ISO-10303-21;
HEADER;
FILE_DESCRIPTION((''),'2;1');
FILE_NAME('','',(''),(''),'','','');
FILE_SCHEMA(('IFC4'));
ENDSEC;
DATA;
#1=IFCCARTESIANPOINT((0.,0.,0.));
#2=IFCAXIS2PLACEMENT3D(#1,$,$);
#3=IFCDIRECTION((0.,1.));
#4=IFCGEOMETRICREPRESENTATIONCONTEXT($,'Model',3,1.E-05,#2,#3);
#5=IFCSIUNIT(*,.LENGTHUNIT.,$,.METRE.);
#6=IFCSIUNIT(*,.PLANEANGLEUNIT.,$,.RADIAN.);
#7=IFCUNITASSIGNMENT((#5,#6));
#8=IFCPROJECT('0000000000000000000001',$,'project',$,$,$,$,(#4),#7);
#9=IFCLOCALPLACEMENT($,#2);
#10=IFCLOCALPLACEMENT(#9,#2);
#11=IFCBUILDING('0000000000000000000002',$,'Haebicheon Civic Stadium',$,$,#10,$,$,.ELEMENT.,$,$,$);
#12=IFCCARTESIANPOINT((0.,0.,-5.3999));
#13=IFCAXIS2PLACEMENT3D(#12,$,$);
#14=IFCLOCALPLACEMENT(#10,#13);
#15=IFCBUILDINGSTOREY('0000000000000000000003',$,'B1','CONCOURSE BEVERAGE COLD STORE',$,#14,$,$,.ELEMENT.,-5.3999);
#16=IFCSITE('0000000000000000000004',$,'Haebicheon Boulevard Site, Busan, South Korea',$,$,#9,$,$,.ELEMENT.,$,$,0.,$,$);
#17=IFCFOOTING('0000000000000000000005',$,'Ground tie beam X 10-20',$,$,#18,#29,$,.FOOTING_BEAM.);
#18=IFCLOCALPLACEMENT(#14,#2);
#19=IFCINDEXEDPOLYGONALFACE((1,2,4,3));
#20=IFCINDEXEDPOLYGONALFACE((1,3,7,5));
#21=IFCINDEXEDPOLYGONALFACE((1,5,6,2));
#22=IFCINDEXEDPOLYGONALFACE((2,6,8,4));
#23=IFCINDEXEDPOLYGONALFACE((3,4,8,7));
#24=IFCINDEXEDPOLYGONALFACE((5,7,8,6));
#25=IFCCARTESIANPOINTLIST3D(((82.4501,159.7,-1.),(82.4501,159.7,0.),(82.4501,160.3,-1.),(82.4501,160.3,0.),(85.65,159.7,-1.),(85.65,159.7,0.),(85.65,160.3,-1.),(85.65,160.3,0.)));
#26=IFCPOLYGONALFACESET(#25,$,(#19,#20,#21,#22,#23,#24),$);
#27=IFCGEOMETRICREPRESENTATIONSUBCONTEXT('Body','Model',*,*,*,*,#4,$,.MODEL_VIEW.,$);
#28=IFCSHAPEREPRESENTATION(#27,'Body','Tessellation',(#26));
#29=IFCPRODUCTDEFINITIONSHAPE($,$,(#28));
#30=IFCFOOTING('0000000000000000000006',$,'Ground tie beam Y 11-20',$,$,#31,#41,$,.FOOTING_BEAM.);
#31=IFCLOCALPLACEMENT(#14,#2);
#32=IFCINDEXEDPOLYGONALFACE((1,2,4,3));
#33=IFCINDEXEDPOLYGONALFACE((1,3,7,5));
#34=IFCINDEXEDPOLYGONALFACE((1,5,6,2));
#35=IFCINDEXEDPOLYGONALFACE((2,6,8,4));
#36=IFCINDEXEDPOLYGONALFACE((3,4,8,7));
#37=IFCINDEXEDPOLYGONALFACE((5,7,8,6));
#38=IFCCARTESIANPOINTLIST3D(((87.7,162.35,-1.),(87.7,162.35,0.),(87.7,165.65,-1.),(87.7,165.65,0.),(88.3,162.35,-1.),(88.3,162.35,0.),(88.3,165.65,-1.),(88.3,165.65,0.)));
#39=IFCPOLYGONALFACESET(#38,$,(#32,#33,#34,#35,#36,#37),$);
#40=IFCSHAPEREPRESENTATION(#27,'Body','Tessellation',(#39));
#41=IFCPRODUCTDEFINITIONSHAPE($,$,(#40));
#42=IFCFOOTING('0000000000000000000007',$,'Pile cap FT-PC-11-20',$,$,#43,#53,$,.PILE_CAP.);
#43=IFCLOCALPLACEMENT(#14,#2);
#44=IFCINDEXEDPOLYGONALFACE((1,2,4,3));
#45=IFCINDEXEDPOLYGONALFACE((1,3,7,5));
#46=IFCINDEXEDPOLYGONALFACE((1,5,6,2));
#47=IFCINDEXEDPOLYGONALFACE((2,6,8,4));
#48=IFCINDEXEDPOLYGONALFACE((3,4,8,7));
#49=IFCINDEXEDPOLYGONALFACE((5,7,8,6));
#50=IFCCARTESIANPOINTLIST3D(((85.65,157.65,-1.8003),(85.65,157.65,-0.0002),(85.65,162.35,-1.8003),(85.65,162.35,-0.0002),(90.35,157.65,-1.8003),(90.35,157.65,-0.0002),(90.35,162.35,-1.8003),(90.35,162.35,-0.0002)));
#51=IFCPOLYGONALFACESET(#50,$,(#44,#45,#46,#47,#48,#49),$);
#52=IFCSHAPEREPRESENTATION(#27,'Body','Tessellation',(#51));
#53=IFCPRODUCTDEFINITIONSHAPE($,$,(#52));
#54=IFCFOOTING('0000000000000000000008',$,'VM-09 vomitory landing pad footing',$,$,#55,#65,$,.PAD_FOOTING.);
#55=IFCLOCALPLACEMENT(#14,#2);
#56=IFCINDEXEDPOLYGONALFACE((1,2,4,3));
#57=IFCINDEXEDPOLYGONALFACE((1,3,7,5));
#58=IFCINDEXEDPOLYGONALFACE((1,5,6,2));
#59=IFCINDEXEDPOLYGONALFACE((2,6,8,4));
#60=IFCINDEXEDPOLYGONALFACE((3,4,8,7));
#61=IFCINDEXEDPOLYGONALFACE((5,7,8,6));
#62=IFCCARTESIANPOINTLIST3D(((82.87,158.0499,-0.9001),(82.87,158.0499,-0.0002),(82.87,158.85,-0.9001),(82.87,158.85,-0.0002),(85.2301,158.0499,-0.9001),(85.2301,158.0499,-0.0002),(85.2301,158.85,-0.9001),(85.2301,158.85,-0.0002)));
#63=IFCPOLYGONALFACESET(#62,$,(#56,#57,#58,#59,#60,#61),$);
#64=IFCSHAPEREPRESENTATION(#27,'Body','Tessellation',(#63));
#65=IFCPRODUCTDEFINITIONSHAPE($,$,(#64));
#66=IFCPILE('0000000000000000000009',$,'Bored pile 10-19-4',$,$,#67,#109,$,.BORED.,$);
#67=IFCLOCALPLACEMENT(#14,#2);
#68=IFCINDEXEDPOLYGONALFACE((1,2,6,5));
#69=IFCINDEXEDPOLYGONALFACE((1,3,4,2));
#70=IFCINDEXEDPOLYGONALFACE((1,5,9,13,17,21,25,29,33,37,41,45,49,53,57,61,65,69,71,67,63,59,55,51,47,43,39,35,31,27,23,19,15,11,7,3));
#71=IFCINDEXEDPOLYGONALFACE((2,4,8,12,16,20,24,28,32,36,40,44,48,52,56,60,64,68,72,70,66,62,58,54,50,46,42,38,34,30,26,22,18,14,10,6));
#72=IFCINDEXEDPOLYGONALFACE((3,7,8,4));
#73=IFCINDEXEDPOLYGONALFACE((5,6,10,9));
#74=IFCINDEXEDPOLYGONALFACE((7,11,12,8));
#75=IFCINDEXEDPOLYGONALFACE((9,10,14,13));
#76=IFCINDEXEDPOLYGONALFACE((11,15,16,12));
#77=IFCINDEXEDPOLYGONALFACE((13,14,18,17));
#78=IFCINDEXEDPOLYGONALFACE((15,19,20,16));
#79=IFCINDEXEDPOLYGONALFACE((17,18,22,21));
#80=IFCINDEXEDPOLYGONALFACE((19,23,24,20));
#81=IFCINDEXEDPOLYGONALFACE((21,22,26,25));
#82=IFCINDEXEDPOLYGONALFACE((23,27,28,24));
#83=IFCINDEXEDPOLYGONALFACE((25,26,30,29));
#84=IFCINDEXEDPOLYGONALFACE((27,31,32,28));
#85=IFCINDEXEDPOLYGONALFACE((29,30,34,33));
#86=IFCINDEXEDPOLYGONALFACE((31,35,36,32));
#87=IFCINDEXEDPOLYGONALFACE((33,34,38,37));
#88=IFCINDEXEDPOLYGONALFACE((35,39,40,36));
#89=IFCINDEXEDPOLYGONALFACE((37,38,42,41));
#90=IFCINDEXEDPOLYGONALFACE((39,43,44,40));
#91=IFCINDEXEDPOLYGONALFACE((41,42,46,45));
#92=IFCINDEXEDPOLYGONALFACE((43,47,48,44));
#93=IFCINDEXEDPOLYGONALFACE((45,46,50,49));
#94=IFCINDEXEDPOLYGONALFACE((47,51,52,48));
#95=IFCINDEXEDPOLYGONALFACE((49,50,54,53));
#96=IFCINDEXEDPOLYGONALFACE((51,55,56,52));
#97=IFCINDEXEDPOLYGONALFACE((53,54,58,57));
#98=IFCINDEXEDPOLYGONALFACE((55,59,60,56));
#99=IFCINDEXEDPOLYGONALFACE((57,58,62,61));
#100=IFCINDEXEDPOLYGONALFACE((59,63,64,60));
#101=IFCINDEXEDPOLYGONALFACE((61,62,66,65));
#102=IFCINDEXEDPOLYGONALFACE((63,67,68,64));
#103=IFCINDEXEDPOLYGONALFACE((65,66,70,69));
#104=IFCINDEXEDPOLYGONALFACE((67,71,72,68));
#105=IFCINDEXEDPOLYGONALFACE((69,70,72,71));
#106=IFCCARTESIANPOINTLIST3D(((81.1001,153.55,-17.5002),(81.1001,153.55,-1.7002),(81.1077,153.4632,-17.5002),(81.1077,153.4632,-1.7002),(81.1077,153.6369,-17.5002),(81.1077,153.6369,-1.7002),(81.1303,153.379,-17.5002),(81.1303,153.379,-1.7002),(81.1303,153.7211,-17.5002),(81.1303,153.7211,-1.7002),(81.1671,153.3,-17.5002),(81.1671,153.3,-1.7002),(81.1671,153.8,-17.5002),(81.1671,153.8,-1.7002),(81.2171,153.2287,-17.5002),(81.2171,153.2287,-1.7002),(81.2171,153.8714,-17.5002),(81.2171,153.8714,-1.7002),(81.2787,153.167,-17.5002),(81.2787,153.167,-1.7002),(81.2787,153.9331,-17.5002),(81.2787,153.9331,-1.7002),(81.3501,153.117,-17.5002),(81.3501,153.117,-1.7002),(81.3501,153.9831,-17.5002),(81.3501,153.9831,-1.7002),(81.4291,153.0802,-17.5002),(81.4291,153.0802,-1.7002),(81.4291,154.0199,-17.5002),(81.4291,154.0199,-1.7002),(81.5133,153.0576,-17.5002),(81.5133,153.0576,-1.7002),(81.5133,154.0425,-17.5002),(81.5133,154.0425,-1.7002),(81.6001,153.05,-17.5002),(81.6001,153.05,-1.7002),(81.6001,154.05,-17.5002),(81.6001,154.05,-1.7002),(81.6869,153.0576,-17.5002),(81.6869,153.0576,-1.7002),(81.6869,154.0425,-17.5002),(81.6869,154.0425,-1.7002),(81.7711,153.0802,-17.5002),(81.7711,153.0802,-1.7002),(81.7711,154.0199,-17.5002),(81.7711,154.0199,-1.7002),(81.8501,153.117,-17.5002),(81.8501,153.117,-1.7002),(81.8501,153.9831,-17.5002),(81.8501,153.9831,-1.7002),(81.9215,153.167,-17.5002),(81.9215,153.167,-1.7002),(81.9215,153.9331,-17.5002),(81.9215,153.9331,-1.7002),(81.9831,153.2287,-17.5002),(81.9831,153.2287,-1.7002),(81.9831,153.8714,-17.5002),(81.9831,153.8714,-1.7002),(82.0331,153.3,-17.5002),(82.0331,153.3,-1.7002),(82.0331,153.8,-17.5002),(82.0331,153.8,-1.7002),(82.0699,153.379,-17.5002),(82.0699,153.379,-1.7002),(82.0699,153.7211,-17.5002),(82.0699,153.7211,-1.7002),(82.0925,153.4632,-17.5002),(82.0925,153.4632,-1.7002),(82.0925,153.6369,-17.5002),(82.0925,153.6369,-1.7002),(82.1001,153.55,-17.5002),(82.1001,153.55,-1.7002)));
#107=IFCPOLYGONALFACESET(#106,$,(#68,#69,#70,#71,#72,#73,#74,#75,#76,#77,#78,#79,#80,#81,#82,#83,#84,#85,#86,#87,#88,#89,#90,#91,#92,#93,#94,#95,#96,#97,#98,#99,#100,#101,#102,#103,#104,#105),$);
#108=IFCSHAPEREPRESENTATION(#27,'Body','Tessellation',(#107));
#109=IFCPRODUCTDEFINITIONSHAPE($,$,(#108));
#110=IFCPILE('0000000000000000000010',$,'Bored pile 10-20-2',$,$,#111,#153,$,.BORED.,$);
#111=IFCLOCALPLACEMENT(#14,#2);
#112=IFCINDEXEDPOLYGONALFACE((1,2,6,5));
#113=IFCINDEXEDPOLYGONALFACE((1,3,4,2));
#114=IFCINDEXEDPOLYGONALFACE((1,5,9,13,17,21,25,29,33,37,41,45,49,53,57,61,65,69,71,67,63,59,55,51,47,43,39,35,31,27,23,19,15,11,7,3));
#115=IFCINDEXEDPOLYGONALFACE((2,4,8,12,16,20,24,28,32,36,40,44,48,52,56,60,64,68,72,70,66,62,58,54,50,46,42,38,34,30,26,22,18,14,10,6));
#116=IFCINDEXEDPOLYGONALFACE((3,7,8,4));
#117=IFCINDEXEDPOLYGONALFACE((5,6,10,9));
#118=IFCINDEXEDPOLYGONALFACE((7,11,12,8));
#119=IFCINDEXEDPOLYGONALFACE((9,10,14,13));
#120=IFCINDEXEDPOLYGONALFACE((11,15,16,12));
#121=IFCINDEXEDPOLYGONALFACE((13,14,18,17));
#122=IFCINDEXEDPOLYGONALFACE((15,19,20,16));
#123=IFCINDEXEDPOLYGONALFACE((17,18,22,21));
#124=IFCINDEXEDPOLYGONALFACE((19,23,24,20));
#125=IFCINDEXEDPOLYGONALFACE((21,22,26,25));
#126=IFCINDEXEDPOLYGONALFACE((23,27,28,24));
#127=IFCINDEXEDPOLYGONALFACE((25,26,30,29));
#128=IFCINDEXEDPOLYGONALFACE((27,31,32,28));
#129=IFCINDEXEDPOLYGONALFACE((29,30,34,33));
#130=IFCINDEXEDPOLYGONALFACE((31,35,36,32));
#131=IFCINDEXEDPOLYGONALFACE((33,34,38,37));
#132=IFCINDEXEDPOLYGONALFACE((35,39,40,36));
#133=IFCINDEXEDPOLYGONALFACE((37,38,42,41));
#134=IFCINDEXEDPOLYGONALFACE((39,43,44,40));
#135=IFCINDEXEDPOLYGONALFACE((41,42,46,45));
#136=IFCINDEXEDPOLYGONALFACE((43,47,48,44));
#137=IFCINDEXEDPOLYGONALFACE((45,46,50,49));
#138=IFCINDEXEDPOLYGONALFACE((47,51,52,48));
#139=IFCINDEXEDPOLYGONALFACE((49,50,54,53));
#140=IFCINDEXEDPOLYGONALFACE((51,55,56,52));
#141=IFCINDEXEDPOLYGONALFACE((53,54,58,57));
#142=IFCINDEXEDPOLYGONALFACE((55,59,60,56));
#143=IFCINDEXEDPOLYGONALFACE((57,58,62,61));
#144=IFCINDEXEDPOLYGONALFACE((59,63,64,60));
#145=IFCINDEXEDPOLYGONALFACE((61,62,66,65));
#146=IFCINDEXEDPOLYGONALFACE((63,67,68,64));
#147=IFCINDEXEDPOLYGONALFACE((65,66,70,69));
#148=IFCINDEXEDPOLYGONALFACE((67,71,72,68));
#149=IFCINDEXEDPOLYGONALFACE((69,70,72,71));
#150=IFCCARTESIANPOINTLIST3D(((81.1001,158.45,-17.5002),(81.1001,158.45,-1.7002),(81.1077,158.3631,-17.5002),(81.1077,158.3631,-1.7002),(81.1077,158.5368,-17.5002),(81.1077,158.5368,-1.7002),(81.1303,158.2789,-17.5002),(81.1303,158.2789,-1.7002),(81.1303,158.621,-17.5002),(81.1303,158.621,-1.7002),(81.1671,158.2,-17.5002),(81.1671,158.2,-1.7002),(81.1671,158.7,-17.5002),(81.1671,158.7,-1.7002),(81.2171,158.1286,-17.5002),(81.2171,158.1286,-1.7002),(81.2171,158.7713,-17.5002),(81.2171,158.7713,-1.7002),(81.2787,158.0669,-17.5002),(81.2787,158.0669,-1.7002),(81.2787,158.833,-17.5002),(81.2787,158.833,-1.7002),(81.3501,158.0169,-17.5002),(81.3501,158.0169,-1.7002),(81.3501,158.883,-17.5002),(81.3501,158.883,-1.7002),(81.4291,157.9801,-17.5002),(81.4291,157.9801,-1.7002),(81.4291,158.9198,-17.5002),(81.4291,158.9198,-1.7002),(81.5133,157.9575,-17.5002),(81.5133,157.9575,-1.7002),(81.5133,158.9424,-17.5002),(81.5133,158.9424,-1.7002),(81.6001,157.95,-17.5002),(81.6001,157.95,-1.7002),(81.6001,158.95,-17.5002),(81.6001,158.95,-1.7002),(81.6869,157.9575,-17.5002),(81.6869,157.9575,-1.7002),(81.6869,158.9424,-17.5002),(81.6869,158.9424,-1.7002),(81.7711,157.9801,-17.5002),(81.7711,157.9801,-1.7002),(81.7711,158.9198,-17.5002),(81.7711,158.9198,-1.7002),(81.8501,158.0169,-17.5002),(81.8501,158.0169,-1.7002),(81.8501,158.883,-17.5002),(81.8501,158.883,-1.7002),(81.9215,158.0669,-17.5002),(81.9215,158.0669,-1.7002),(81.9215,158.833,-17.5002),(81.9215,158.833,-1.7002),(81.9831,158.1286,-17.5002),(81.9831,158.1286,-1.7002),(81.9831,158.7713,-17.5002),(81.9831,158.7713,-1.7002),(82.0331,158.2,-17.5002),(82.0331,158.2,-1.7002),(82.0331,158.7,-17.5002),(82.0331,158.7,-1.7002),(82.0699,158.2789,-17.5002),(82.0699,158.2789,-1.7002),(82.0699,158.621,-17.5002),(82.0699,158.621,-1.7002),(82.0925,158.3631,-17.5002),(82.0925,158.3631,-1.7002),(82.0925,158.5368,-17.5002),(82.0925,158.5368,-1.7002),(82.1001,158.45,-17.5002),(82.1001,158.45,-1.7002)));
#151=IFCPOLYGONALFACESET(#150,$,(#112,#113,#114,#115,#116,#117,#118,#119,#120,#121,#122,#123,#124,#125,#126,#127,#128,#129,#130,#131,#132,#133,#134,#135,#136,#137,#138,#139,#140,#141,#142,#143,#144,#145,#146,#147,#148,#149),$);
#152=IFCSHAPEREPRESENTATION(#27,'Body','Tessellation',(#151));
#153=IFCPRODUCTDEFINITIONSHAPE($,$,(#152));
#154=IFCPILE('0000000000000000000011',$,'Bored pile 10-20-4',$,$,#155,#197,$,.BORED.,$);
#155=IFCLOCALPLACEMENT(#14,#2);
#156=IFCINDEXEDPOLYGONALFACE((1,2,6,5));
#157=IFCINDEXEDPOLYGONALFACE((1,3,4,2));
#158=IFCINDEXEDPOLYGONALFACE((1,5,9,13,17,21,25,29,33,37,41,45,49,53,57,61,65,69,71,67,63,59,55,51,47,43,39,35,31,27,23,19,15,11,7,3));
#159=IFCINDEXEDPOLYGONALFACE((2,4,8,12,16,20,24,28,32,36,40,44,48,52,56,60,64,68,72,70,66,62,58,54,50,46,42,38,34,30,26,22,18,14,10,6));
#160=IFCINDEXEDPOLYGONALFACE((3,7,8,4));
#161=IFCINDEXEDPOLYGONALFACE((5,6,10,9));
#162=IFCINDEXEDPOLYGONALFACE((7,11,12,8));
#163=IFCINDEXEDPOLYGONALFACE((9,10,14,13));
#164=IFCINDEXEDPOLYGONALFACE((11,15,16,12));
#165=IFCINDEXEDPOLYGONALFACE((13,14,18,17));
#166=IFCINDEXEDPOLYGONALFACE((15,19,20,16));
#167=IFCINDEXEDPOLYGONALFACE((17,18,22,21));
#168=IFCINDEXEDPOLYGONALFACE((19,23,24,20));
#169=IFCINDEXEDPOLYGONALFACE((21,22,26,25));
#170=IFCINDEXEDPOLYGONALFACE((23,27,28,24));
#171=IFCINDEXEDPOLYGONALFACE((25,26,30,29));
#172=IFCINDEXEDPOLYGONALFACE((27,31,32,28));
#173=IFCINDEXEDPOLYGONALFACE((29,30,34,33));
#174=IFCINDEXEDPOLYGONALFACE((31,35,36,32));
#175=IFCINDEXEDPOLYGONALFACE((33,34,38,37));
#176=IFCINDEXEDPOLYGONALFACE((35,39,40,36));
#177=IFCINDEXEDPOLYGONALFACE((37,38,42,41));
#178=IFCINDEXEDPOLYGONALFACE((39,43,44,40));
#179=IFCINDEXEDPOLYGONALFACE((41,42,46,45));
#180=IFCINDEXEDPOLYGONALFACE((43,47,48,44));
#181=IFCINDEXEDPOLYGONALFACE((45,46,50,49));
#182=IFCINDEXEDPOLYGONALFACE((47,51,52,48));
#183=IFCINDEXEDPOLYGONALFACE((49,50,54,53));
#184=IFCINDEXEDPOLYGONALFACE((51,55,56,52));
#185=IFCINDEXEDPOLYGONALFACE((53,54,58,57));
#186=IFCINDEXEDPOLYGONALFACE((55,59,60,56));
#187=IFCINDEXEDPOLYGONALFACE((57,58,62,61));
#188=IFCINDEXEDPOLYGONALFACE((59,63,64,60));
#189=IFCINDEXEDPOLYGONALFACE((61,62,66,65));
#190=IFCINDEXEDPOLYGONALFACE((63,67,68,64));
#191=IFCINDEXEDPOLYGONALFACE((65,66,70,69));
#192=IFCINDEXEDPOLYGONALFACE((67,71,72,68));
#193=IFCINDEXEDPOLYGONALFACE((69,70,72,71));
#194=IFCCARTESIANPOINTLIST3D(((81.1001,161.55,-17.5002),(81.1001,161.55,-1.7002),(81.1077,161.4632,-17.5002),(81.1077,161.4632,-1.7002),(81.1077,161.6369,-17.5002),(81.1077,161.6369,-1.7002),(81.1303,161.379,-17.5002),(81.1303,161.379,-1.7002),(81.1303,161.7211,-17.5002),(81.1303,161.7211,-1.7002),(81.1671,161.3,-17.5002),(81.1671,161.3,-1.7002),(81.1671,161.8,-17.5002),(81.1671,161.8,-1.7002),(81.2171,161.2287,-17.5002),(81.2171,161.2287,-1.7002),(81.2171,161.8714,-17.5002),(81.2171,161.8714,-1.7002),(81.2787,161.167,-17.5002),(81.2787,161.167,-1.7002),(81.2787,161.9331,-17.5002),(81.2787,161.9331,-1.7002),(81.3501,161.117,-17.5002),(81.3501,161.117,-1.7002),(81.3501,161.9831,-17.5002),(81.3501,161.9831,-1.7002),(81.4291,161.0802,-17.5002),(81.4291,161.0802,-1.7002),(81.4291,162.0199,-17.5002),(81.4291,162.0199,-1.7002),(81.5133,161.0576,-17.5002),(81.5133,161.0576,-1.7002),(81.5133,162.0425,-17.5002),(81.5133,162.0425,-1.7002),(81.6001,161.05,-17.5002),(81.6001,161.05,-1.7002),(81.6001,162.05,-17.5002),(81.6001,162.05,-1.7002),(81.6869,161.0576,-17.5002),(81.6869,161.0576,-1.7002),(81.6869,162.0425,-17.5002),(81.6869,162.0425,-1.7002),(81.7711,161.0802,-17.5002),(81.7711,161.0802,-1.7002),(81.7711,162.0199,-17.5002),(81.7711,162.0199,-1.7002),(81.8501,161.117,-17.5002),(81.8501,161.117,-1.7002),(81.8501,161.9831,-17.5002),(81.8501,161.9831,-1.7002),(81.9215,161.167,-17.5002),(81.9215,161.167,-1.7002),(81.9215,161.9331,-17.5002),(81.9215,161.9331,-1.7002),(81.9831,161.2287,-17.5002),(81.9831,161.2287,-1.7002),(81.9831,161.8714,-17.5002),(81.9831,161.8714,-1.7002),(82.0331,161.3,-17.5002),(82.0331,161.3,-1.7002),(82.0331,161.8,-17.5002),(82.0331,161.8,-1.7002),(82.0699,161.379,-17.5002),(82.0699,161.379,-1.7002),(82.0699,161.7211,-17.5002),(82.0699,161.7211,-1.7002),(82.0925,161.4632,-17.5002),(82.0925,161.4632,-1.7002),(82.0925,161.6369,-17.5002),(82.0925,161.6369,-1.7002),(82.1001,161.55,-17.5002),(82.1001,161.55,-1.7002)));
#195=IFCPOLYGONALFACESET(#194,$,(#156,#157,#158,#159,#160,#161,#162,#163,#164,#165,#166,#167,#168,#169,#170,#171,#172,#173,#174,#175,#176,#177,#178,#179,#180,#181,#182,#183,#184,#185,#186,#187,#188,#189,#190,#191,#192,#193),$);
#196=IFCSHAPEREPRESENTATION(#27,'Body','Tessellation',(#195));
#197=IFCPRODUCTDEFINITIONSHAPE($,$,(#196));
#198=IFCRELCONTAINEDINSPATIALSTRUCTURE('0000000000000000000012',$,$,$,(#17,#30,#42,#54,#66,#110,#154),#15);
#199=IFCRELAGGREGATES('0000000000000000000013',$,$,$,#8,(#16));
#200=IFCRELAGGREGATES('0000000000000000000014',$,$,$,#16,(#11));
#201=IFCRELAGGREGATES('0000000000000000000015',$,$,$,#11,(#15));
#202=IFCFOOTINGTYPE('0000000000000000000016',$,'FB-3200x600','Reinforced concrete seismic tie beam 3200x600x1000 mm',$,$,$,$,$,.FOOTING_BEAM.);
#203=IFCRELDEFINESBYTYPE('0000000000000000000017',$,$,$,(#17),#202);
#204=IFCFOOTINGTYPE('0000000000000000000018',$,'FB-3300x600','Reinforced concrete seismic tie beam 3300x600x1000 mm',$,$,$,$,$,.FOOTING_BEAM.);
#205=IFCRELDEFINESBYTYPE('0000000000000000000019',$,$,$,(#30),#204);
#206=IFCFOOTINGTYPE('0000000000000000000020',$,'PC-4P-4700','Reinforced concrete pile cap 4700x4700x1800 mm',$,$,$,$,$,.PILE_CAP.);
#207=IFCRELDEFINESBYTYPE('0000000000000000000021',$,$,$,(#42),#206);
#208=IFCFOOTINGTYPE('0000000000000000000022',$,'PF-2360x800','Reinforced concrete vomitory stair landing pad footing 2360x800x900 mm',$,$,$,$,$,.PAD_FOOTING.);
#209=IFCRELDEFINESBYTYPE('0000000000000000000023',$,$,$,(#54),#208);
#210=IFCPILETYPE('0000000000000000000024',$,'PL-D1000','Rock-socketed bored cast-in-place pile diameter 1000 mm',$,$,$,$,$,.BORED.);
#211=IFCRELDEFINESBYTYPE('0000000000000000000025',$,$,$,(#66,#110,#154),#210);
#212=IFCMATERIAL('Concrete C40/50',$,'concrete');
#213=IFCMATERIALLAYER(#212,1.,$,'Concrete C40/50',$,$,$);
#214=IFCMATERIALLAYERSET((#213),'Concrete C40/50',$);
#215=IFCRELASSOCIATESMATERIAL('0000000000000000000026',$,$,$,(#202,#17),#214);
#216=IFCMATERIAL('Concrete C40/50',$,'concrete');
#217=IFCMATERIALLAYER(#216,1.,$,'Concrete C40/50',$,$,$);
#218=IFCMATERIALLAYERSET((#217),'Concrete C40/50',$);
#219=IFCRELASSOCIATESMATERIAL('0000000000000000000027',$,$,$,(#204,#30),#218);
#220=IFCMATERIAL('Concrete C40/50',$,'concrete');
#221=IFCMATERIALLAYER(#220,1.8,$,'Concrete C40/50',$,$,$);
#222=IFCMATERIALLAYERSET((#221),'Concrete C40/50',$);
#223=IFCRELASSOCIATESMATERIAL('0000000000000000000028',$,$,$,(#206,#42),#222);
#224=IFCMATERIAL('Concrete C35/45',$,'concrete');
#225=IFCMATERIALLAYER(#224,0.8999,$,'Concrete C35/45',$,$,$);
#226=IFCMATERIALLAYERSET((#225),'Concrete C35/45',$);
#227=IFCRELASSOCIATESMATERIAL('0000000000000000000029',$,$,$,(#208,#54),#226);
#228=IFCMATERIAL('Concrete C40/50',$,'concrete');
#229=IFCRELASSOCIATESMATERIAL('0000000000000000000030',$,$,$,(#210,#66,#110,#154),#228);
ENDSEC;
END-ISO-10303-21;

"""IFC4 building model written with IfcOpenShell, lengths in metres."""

from ifc_helpers import new_model, si_unit, direction, frame, origin, origin_2d, place, context, subcontext, project, spatial, rectangle, circle, extrude, material, layer, layer_set, material_profile, profile_set, type_object, element, save


model = new_model("IFC4")

# Units and contexts
model_context = context("Model", 3, precision=1e-05, world=origin(), true_north=direction((0.0, 1.0)))
body_context = subcontext(model_context, "Body", "Model", "MODEL_VIEW")
ifc_project = project(units=[si_unit("LENGTHUNIT", "METRE"), si_unit("PLANEANGLEUNIT", "RADIAN")], contexts=[model_context])

# Site, building, storey
site_placement = place(None, origin())
site = spatial("IfcSite", under=ifc_project, at=site_placement, Name="Haebicheon Boulevard Site, Busan, South Korea", CompositionType="ELEMENT", RefElevation=0.0)
building_placement = place(site_placement, origin())
building = spatial("IfcBuilding", under=site, at=building_placement, Name="Haebicheon Civic Stadium", CompositionType="ELEMENT")
storey_placement = place(building_placement, frame((0.0, 0.0, -5.3999)))
storey = spatial("IfcBuildingStorey", under=building, at=storey_placement, Name="B1", Description="CONCOURSE BEVERAGE COLD STORE", CompositionType="ELEMENT", Elevation=-5.3999)

# Footings
ifc_material_1 = material(Name="Concrete C40/50", Category="concrete")
ifc_layer_1 = layer(ifc_material_1, 1.0, Name="Concrete C40/50")
ifc_layer_set_1 = layer_set([ifc_layer_1], Name="Concrete C40/50")
footing_type_1 = type_object("IfcFootingType", Name="FB-3200x600", Description="Reinforced concrete seismic tie beam 3200x600x1000 mm", PredefinedType="FOOTING_BEAM", material=ifc_layer_set_1)
footing_1_placement = place(storey_placement, frame((84.05, 160.0, -1.0), z_axis=(0.0, 0.0, 1.0), x_axis=(1.0, 0.0, 0.0)))
element("IfcFooting", 1, at=footing_1_placement, inside=storey, type_object=footing_type_1, material=ifc_layer_set_1, Name="Ground tie beam X 10-20", PredefinedType="FOOTING_BEAM", context=body_context, shape_type="SweptSolid", body=[
    extrude(rectangle(XDim=3.2, YDim=0.6001, at=origin_2d()), origin(), (0.0, 0.0, 1.0), 1.0),
])
ifc_material_2 = material(Name="Concrete C40/50", Category="concrete")
ifc_layer_2 = layer(ifc_material_2, 1.0, Name="Concrete C40/50")
ifc_layer_set_2 = layer_set([ifc_layer_2], Name="Concrete C40/50")
footing_type_2 = type_object("IfcFootingType", Name="FB-3300x600", Description="Reinforced concrete seismic tie beam 3300x600x1000 mm", PredefinedType="FOOTING_BEAM", material=ifc_layer_set_2)
footing_2_placement = place(storey_placement, frame((88.0, 164.0, -1.0), z_axis=(0.0, 0.0, 1.0), x_axis=(0.0, 1.0, 0.0)))
element("IfcFooting", 2, at=footing_2_placement, inside=storey, type_object=footing_type_2, material=ifc_layer_set_2, Name="Ground tie beam Y 11-20", PredefinedType="FOOTING_BEAM", context=body_context, shape_type="SweptSolid", body=[
    extrude(rectangle(XDim=3.3, YDim=0.6001, at=origin_2d()), origin(), (0.0, 0.0, 1.0), 1.0),
])
ifc_material_3 = material(Name="Concrete C40/50", Category="concrete")
ifc_layer_3 = layer(ifc_material_3, 1.8, Name="Concrete C40/50")
ifc_layer_set_3 = layer_set([ifc_layer_3], Name="Concrete C40/50")
footing_type_3 = type_object("IfcFootingType", Name="PC-4P-4700", Description="Reinforced concrete pile cap 4700x4700x1800 mm", PredefinedType="PILE_CAP", material=ifc_layer_set_3)
footing_3_placement = place(storey_placement, frame((88.0, 160.0, -1.8003), z_axis=(0.0, 0.0, 1.0), x_axis=(1.0, 0.0, 0.0)))
element("IfcFooting", 3, at=footing_3_placement, inside=storey, type_object=footing_type_3, material=ifc_layer_set_3, Name="Pile cap FT-PC-11-20", PredefinedType="PILE_CAP", context=body_context, shape_type="SweptSolid", body=[
    extrude(rectangle(XDim=4.7, YDim=4.7, at=origin_2d()), origin(), (0.0, 0.0, 1.0), 1.8),
])
ifc_material_4 = material(Name="Concrete C35/45", Category="concrete")
ifc_layer_4 = layer(ifc_material_4, 0.8999, Name="Concrete C35/45")
ifc_layer_set_4 = layer_set([ifc_layer_4], Name="Concrete C35/45")
footing_type_4 = type_object("IfcFootingType", Name="PF-2360x800", Description="Reinforced concrete vomitory stair landing pad footing 2360x800x900 mm", PredefinedType="PAD_FOOTING", material=ifc_layer_set_4)
footing_4_placement = place(storey_placement, frame((84.05, 158.45, -0.9001), z_axis=(0.0, 0.0, 1.0), x_axis=(1.0, 0.0, 0.0)))
element("IfcFooting", 4, at=footing_4_placement, inside=storey, type_object=footing_type_4, material=ifc_layer_set_4, Name="VM-09 vomitory landing pad footing", PredefinedType="PAD_FOOTING", context=body_context, shape_type="SweptSolid", body=[
    extrude(rectangle(XDim=2.3601, YDim=0.8, at=origin_2d()), origin(), (0.0, 0.0, 1.0), 0.8999),
])

# Piles
ifc_material_5 = material(Name="Concrete C40/50", Category="concrete")
ifc_material_profile_1 = material_profile(ifc_material_5, circle(Radius=0.5, at=origin_2d()), Name="PILE-D1000")
ifc_profile_set_1 = profile_set([ifc_material_profile_1], Name="Concrete C40/50")
pile_type = type_object("IfcPileType", Name="PL-D1000", Description="Rock-socketed bored cast-in-place pile diameter 1000 mm", PredefinedType="BORED", material=ifc_profile_set_1)
for number, where, z_axis, x_axis, name in (
    (5, (81.6001, 153.55, -1.7002), (0.0, 0.0, -1.0), (1.0, 0.0, 0.0), "Bored pile 10-19-4"),
    (6, (81.6001, 158.45, -1.7002), (0.0, 0.0, -1.0), (1.0, 0.0, 0.0), "Bored pile 10-20-2"),
    (7, (81.6001, 161.55, -1.7002), (0.0, 0.0, -1.0), (1.0, 0.0, 0.0), "Bored pile 10-20-4"),
):
    element("IfcPile", number, at=place(storey_placement, frame(where, z_axis=z_axis, x_axis=x_axis)), inside=storey, type_object=pile_type, material=ifc_profile_set_1, Name=name, PredefinedType="BORED", context=body_context, shape_type="SweptSolid", body=[
        extrude(circle(Radius=0.5, at=origin_2d()), origin(), (0.0, 0.0, 1.0), 15.8),
    ])

save(model, "model.ifc")
